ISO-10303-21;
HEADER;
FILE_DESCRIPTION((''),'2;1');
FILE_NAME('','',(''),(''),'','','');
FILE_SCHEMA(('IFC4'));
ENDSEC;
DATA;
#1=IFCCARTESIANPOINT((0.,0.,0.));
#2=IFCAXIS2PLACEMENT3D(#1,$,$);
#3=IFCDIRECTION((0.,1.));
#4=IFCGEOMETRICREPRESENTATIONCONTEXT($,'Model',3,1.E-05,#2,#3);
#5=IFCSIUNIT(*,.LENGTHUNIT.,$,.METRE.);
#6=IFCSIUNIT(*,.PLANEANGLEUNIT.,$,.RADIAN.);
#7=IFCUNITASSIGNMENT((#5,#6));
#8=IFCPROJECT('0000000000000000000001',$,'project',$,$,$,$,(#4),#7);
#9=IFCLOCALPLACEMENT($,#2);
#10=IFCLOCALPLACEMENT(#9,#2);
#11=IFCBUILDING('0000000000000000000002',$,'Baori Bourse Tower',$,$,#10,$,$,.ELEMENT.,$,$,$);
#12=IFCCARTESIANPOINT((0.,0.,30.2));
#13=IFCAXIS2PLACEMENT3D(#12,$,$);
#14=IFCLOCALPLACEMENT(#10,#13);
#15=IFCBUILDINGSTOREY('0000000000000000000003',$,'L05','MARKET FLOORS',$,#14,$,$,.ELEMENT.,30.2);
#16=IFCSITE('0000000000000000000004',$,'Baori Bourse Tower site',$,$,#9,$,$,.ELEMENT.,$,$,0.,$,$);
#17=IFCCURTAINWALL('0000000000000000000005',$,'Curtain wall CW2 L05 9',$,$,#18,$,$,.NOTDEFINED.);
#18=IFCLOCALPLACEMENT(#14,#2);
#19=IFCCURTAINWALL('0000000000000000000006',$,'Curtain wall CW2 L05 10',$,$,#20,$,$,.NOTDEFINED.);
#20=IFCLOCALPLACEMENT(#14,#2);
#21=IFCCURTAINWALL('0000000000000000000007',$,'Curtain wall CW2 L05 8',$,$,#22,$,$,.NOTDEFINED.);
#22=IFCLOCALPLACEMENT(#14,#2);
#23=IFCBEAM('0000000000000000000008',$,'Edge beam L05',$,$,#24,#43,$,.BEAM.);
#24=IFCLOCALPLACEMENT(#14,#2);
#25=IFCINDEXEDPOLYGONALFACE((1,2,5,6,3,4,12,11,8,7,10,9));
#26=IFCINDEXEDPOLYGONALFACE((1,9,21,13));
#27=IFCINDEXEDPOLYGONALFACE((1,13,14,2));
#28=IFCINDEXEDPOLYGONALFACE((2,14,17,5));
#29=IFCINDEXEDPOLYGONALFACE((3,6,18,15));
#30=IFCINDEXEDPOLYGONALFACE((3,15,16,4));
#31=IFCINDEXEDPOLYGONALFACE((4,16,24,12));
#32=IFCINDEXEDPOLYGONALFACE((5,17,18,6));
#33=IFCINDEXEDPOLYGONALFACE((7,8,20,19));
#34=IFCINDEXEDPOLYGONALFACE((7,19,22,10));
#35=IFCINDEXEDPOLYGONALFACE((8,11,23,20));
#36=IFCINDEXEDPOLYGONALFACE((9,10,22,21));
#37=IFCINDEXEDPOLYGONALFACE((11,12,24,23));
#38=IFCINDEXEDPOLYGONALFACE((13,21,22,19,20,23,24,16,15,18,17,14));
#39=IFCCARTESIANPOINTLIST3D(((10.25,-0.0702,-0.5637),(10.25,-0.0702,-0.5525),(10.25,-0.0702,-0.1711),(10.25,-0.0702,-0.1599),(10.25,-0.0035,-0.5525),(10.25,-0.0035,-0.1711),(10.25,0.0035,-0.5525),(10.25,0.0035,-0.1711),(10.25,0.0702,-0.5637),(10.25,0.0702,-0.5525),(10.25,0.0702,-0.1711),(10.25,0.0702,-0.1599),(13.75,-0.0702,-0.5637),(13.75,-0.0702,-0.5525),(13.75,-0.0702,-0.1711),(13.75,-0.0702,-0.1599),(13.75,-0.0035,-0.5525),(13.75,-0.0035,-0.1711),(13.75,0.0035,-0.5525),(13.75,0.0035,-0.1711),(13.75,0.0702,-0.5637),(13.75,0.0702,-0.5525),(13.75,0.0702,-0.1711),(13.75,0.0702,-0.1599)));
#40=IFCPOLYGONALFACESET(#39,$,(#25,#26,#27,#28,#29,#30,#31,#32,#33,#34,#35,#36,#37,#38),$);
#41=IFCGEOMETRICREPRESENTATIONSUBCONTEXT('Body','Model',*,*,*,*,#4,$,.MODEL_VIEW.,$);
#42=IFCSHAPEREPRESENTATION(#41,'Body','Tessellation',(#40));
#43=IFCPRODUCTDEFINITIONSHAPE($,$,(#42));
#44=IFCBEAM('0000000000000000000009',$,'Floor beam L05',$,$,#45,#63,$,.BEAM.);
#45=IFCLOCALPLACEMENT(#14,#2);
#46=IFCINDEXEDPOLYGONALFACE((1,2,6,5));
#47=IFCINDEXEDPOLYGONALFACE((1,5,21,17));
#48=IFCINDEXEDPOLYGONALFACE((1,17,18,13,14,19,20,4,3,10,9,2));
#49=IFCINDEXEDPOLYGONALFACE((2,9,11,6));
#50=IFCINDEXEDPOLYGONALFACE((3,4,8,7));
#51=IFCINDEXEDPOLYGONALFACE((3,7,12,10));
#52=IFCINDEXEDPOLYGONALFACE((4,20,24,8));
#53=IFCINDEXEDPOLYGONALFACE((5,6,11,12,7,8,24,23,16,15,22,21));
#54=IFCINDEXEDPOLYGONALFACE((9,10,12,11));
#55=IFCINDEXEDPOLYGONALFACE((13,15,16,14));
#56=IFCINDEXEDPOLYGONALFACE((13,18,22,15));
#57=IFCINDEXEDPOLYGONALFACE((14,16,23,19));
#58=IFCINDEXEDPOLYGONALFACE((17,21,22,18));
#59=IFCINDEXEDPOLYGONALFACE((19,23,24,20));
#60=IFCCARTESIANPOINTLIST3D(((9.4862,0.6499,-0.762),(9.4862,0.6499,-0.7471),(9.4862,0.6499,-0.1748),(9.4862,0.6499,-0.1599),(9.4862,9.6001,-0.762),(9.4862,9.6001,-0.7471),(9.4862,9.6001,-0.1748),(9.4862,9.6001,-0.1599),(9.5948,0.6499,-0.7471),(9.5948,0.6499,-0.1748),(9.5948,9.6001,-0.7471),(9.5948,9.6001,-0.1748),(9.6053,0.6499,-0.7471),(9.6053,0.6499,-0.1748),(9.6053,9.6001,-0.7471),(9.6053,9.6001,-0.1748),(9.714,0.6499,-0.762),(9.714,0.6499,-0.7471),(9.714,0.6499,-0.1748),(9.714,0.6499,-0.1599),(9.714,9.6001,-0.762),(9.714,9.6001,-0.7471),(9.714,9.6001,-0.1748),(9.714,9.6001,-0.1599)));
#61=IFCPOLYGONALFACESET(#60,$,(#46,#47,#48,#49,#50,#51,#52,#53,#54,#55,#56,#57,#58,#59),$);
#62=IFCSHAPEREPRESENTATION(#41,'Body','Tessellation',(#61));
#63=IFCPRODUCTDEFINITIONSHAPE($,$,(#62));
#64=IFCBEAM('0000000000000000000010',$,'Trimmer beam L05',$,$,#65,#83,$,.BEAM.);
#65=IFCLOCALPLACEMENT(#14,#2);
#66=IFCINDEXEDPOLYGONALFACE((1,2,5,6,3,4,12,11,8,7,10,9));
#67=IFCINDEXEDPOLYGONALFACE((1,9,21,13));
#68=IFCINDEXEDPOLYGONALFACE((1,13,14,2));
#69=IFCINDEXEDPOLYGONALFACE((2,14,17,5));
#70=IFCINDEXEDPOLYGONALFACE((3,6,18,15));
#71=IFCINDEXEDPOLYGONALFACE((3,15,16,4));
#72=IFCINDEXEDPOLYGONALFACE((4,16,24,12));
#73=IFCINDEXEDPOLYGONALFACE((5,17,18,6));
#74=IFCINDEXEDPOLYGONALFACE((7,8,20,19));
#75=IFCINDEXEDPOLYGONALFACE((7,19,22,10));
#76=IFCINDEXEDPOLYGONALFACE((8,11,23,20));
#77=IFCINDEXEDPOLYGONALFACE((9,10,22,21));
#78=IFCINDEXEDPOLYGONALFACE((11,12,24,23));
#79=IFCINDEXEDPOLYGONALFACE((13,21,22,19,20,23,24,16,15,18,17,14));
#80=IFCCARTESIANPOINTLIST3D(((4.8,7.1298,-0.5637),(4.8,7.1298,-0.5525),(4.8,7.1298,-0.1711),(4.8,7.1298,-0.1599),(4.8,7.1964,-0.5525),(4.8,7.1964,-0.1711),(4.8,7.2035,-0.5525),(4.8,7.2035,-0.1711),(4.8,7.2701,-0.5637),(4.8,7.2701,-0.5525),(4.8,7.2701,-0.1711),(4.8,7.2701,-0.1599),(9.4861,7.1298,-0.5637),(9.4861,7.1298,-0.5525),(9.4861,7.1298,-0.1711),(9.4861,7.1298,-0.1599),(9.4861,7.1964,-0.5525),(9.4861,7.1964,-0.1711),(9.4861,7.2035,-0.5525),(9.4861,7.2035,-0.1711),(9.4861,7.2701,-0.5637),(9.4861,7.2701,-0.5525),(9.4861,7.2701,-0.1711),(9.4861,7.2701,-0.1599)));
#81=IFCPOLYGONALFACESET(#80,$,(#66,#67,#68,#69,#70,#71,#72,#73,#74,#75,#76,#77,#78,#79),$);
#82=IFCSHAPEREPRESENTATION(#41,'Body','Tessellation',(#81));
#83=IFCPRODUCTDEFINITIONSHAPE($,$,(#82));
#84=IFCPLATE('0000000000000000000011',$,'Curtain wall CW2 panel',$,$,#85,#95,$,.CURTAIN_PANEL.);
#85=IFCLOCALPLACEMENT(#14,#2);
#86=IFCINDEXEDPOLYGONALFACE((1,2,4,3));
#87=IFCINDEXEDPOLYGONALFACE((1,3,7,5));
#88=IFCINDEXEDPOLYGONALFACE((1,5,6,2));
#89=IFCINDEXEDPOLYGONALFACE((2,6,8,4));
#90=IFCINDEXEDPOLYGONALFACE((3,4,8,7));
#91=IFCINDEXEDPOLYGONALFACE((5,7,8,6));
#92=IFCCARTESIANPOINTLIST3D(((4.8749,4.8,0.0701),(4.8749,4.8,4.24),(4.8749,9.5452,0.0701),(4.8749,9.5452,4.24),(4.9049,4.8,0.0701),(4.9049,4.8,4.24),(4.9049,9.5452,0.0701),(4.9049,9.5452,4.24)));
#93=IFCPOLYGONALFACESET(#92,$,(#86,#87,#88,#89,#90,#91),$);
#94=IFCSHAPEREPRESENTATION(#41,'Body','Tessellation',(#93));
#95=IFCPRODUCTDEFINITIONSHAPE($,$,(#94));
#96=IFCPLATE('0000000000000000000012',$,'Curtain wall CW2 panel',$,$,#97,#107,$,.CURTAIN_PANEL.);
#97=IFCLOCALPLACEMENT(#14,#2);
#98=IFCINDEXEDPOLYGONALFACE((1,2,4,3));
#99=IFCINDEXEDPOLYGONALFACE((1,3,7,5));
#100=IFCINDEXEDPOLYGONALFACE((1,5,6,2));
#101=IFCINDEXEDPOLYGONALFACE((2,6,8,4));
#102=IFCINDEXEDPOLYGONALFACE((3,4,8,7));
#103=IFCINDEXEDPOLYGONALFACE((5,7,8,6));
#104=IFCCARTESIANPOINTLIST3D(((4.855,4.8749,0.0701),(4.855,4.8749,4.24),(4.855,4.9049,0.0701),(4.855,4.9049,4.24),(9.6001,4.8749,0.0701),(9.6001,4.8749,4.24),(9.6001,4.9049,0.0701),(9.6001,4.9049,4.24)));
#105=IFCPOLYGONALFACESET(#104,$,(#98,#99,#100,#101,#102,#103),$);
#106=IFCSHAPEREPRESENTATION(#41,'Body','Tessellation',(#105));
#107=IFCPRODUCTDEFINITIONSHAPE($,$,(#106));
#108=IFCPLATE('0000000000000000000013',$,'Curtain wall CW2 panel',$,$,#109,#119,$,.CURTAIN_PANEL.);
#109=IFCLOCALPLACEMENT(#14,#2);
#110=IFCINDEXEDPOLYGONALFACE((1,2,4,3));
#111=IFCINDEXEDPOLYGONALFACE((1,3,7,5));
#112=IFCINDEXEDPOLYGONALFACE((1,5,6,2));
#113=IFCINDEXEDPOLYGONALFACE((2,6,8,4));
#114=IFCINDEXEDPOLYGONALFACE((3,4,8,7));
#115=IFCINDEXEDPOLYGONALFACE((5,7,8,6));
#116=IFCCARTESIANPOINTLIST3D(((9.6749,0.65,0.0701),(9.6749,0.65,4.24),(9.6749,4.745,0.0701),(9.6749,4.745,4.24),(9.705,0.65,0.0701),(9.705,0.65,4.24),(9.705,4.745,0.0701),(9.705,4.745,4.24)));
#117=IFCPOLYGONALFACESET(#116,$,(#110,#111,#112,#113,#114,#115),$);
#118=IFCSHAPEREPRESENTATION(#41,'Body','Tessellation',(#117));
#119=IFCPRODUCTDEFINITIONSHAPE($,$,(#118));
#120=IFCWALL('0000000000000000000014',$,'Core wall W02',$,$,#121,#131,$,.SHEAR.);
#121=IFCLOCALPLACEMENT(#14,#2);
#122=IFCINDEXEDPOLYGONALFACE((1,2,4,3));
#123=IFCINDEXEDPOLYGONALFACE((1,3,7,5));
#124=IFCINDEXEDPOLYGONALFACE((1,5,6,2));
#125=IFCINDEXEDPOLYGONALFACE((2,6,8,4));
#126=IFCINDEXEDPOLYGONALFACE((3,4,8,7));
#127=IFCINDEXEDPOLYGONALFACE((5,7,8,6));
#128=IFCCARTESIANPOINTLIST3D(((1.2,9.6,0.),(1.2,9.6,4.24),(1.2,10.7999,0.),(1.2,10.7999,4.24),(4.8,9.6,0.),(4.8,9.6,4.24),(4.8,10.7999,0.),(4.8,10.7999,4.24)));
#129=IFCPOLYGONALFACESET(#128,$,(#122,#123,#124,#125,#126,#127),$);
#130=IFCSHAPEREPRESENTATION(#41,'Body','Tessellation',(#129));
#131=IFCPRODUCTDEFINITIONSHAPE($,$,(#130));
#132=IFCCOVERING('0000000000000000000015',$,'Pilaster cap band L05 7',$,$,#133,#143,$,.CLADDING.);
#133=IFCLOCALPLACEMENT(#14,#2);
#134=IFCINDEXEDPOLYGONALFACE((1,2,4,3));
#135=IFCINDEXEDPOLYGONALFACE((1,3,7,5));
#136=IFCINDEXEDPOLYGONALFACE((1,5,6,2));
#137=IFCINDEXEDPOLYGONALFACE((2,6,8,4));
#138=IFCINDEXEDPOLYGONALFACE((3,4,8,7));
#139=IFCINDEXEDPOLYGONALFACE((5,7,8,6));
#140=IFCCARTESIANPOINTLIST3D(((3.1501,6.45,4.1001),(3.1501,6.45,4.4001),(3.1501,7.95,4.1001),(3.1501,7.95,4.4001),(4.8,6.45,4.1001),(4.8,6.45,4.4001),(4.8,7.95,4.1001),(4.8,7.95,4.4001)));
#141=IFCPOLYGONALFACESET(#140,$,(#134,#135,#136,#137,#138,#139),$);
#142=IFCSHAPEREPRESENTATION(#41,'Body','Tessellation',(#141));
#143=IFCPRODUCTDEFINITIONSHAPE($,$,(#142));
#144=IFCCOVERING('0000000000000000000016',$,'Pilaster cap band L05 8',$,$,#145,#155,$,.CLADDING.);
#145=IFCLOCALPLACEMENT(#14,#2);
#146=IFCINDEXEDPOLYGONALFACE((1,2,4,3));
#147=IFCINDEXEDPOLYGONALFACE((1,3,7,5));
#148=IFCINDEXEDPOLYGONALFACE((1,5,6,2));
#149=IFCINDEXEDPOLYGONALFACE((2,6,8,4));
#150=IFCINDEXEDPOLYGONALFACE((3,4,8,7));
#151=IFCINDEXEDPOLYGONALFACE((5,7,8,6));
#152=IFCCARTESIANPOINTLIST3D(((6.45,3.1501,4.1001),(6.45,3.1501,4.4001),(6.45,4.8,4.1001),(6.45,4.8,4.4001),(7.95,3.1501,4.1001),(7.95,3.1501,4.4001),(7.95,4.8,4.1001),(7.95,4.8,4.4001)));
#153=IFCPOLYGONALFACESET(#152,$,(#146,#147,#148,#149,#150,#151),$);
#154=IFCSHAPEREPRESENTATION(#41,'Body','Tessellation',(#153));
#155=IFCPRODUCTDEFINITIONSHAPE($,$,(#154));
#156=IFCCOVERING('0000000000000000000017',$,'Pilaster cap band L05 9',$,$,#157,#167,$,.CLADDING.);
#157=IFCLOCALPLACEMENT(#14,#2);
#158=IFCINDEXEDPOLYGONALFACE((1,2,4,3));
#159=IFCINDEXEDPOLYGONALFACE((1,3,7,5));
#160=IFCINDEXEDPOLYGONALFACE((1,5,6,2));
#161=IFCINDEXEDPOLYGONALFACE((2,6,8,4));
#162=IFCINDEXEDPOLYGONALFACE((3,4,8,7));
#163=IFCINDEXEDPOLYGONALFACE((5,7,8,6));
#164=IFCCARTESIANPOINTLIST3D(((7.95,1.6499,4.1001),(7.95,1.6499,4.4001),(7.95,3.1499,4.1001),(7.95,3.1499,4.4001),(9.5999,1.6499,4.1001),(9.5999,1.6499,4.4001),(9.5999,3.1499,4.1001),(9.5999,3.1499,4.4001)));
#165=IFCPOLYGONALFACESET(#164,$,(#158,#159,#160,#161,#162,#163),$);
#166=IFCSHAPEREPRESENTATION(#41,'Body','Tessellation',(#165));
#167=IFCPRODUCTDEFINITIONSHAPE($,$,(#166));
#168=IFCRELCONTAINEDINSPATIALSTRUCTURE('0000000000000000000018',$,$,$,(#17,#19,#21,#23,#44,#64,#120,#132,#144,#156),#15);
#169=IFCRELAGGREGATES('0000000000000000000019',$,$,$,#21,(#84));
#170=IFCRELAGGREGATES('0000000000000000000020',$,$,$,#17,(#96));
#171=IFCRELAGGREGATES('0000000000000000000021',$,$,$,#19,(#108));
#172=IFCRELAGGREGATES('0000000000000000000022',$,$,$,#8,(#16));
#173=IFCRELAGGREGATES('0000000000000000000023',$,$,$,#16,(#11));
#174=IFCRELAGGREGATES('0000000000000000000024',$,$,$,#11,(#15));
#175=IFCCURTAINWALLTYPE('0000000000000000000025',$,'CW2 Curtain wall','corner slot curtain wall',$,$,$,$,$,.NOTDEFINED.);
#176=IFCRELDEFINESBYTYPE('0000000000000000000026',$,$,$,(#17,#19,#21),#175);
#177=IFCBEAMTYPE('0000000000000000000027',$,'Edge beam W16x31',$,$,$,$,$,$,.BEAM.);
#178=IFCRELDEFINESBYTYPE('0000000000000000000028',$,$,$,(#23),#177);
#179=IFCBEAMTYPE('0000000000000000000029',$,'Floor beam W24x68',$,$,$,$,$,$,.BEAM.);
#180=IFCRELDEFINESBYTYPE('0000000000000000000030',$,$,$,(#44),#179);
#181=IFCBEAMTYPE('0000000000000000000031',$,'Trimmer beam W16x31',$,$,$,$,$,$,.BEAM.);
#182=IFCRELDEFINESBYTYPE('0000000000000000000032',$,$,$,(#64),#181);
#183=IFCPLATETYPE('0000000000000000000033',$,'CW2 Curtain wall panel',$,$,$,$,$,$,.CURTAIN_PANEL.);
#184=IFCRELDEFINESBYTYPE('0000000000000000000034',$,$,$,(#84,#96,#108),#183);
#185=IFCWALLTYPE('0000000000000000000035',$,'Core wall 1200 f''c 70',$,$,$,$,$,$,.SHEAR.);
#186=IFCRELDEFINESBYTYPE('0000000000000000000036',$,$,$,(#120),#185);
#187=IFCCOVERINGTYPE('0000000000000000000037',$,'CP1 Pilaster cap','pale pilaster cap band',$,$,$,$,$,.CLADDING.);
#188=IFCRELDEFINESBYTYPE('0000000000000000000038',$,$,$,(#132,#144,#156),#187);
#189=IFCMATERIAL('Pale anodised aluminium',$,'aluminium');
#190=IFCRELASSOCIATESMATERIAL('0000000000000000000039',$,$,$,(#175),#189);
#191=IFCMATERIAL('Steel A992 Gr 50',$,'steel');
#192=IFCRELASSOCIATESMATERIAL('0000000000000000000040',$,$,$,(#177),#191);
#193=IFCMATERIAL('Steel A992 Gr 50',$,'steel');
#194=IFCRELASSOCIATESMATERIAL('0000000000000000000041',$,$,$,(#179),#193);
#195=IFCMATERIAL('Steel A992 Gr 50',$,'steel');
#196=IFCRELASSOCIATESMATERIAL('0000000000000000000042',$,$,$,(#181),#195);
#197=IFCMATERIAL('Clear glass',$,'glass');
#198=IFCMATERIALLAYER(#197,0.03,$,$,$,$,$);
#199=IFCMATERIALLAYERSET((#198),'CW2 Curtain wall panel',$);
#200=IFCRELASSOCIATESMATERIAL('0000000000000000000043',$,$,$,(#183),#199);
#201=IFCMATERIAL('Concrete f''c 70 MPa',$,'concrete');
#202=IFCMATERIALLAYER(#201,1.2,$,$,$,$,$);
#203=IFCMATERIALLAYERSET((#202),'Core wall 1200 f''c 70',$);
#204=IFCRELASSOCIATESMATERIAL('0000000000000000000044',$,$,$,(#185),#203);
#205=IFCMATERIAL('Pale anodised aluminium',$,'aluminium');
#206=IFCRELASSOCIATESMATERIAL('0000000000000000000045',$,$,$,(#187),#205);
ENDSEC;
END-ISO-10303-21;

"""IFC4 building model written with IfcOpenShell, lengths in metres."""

from ifc_helpers import new_model, si_unit, direction, frame, frame_2d, origin, origin_2d, place, context, subcontext, project, spatial, rectangle, i_section, extrude, material, layer, layer_set, material_profile, profile_set, type_object, element, aggregate, save


model = new_model("IFC4")

# Units and contexts
model_context = context("Model", 3, precision=1e-05, world=origin(), true_north=direction((0.0, 1.0)))
body_context = subcontext(model_context, "Body", "Model", "MODEL_VIEW")
ifc_project = project(units=[si_unit("LENGTHUNIT", "METRE"), si_unit("PLANEANGLEUNIT", "RADIAN")], contexts=[model_context])

# Site, building, storey
site_placement = place(None, origin())
site = spatial("IfcSite", under=ifc_project, at=site_placement, Name="Baori Bourse Tower site", CompositionType="ELEMENT", RefElevation=0.0)
building_placement = place(site_placement, origin())
building = spatial("IfcBuilding", under=site, at=building_placement, Name="Baori Bourse Tower", CompositionType="ELEMENT")
storey_placement = place(building_placement, frame((0.0, 0.0, 30.2)))
storey = spatial("IfcBuildingStorey", under=building, at=storey_placement, Name="L05", Description="MARKET FLOORS", CompositionType="ELEMENT", Elevation=30.2)

# Curtain walls
ifc_material_1 = material(Name="Pale anodised aluminium", Category="aluminium")
curtain_wall_type_1 = type_object("IfcCurtainWallType", Name="CW2 Curtain wall", Description="corner slot curtain wall", PredefinedType="NOTDEFINED", material=ifc_material_1)
curtain_wall_1_placement = place(storey_placement, origin())
curtain_wall_1 = element("IfcCurtainWall", 1, at=curtain_wall_1_placement, inside=storey, type_object=curtain_wall_type_1, Name="Curtain wall CW2 L05 9", PredefinedType="NOTDEFINED")
curtain_wall_2_placement = place(storey_placement, origin())
curtain_wall_2 = element("IfcCurtainWall", 2, at=curtain_wall_2_placement, inside=storey, type_object=curtain_wall_type_1, Name="Curtain wall CW2 L05 10", PredefinedType="NOTDEFINED")
curtain_wall_3_placement = place(storey_placement, origin())
curtain_wall_3 = element("IfcCurtainWall", 3, at=curtain_wall_3_placement, inside=storey, type_object=curtain_wall_type_1, Name="Curtain wall CW2 L05 8", PredefinedType="NOTDEFINED")

# Beams
ifc_material_2 = material(Name="Steel A992 Gr 50", Category="steel")
ifc_material_profile_1 = material_profile(ifc_material_2, i_section(OverallWidth=0.1404, OverallDepth=0.4038, WebThickness=0.0071, FlangeThickness=0.0112, at=origin_2d()), Name="W16x31")
ifc_profile_set_1 = profile_set([ifc_material_profile_1], Name="Steel A992 Gr 50")
beam_type_1 = type_object("IfcBeamType", Name="Edge beam W16x31", PredefinedType="BEAM", material=ifc_profile_set_1)
beam_1_placement = place(storey_placement, frame((10.25, 0.0, -0.3618), z_axis=(1.0, 0.0, 0.0), x_axis=(0.0, 1.0, 0.0)))
element("IfcBeam", 4, at=beam_1_placement, inside=storey, type_object=beam_type_1, Name="Edge beam L05", PredefinedType="BEAM", context=body_context, shape_type="SweptSolid", body=[
    extrude(i_section(OverallWidth=0.1404, OverallDepth=0.4038, WebThickness=0.0071, FlangeThickness=0.0112, at=origin_2d()), origin(), (0.0, 0.0, 1.0), 3.5),
])
ifc_material_3 = material(Name="Steel A992 Gr 50", Category="steel")
ifc_material_profile_2 = material_profile(ifc_material_3, i_section(OverallWidth=0.2278, OverallDepth=0.6021, WebThickness=0.0105, FlangeThickness=0.0149, at=origin_2d()), Name="W24x68")
ifc_profile_set_2 = profile_set([ifc_material_profile_2], Name="Steel A992 Gr 50")
beam_type_2 = type_object("IfcBeamType", Name="Floor beam W24x68", PredefinedType="BEAM", material=ifc_profile_set_2)
beam_2_placement = place(storey_placement, frame((9.6001, 0.6499, -0.4609), z_axis=(0.0, 1.0, 0.0), x_axis=(-1.0, 0.0, 0.0)))
element("IfcBeam", 5, at=beam_2_placement, inside=storey, type_object=beam_type_2, Name="Floor beam L05", PredefinedType="BEAM", context=body_context, shape_type="SweptSolid", body=[
    extrude(i_section(OverallWidth=0.2278, OverallDepth=0.6021, WebThickness=0.0105, FlangeThickness=0.0149, at=origin_2d()), origin(), (0.0, 0.0, 1.0), 8.9502),
])
ifc_material_4 = material(Name="Steel A992 Gr 50", Category="steel")
ifc_material_profile_3 = material_profile(ifc_material_4, i_section(OverallWidth=0.1404, OverallDepth=0.4038, WebThickness=0.0071, FlangeThickness=0.0112, at=origin_2d()), Name="W16x31")
ifc_profile_set_3 = profile_set([ifc_material_profile_3], Name="Steel A992 Gr 50")
beam_type_3 = type_object("IfcBeamType", Name="Trimmer beam W16x31", PredefinedType="BEAM", material=ifc_profile_set_3)
beam_3_placement = place(storey_placement, frame((4.8, 7.2, -0.3618), z_axis=(1.0, 0.0, 0.0), x_axis=(0.0, 1.0, 0.0)))
element("IfcBeam", 6, at=beam_3_placement, inside=storey, type_object=beam_type_3, Name="Trimmer beam L05", PredefinedType="BEAM", context=body_context, shape_type="SweptSolid", body=[
    extrude(i_section(OverallWidth=0.1404, OverallDepth=0.4038, WebThickness=0.0071, FlangeThickness=0.0112, at=origin_2d()), origin(), (0.0, 0.0, 1.0), 4.686),
])

# Plates
ifc_material_5 = material(Name="Clear glass", Category="glass")
ifc_layer_1 = layer(ifc_material_5, 0.03)
ifc_layer_set_1 = layer_set([ifc_layer_1], Name="CW2 Curtain wall panel")
plate_type = type_object("IfcPlateType", Name="CW2 Curtain wall panel", PredefinedType="CURTAIN_PANEL", material=ifc_layer_set_1)
plate_1_placement = place(storey_placement, frame((4.8899, 7.1726, 0.0701), z_axis=(0.0, 0.0, 1.0), x_axis=(0.0, -1.0, 0.0)))
plate_1 = element("IfcPlate", 7, at=plate_1_placement, type_object=plate_type, Name="Curtain wall CW2 panel", PredefinedType="CURTAIN_PANEL", context=body_context, shape_type="SweptSolid", body=[
    extrude(rectangle(XDim=4.7451, YDim=0.03, at=origin_2d()), origin(), (0.0, 0.0, 1.0), 4.1699),
])
aggregate(curtain_wall_3, [plate_1])
plate_2_placement = place(storey_placement, frame((7.2275, 4.8899, 0.0701), z_axis=(0.0, 0.0, 1.0), x_axis=(1.0, 0.0, 0.0)))
plate_2 = element("IfcPlate", 8, at=plate_2_placement, type_object=plate_type, Name="Curtain wall CW2 panel", PredefinedType="CURTAIN_PANEL", context=body_context, shape_type="SweptSolid", body=[
    extrude(rectangle(XDim=4.7451, YDim=0.03, at=origin_2d()), origin(), (0.0, 0.0, 1.0), 4.1699),
])
aggregate(curtain_wall_1, [plate_2])
plate_3_placement = place(storey_placement, frame((9.6899, 2.6975, 0.0701), z_axis=(0.0, 0.0, 1.0), x_axis=(0.0, -1.0, 0.0)))
plate_3 = element("IfcPlate", 9, at=plate_3_placement, type_object=plate_type, Name="Curtain wall CW2 panel", PredefinedType="CURTAIN_PANEL", context=body_context, shape_type="SweptSolid", body=[
    extrude(rectangle(XDim=4.095, YDim=0.03, at=origin_2d()), origin(), (0.0, 0.0, 1.0), 4.1699),
])
aggregate(curtain_wall_2, [plate_3])

# Wall
ifc_material_6 = material(Name="Concrete f'c 70 MPa", Category="concrete")
ifc_layer_2 = layer(ifc_material_6, 1.2)
ifc_layer_set_2 = layer_set([ifc_layer_2], Name="Core wall 1200 f'c 70")
wall_type = type_object("IfcWallType", Name="Core wall 1200 f'c 70", PredefinedType="SHEAR", material=ifc_layer_set_2)
wall_placement = place(storey_placement, frame((4.8, 10.2, 0.0), z_axis=(0.0, 0.0, 1.0), x_axis=(-1.0, 0.0, 0.0)))
element("IfcWall", 10, at=wall_placement, inside=storey, type_object=wall_type, Name="Core wall W02", PredefinedType="SHEAR", context=body_context, shape_type="SweptSolid", body=[
    extrude(rectangle(XDim=3.6001, YDim=1.2, at=frame_2d((1.8, 0.0))), origin(), (0.0, 0.0, 1.0), 4.24),
])

# Coverings
ifc_material_7 = material(Name="Pale anodised aluminium", Category="aluminium")
covering_type = type_object("IfcCoveringType", Name="CP1 Pilaster cap", Description="pale pilaster cap band", PredefinedType="CLADDING", material=ifc_material_7)
for number, where, z_axis, x_axis, name in (
    (11, (3.9751, 7.2, 4.1001), (0.0, 0.0, 1.0), (0.0, -1.0, 0.0), "Pilaster cap band L05 7"),
    (12, (7.2, 3.9751, 4.1001), (0.0, 0.0, 1.0), (1.0, 0.0, 0.0), "Pilaster cap band L05 8"),
    (13, (8.7749, 2.3999, 4.1001), (0.0, 0.0, 1.0), (0.0, -1.0, 0.0), "Pilaster cap band L05 9"),
):
    element("IfcCovering", number, at=place(storey_placement, frame(where, z_axis=z_axis, x_axis=x_axis)), inside=storey, type_object=covering_type, Name=name, PredefinedType="CLADDING", context=body_context, shape_type="SweptSolid", body=[
        extrude(rectangle(XDim=1.5, YDim=1.6499, at=origin_2d()), origin(), (0.0, 0.0, 1.0), 0.3),
    ])

save(model, "model.ifc")
